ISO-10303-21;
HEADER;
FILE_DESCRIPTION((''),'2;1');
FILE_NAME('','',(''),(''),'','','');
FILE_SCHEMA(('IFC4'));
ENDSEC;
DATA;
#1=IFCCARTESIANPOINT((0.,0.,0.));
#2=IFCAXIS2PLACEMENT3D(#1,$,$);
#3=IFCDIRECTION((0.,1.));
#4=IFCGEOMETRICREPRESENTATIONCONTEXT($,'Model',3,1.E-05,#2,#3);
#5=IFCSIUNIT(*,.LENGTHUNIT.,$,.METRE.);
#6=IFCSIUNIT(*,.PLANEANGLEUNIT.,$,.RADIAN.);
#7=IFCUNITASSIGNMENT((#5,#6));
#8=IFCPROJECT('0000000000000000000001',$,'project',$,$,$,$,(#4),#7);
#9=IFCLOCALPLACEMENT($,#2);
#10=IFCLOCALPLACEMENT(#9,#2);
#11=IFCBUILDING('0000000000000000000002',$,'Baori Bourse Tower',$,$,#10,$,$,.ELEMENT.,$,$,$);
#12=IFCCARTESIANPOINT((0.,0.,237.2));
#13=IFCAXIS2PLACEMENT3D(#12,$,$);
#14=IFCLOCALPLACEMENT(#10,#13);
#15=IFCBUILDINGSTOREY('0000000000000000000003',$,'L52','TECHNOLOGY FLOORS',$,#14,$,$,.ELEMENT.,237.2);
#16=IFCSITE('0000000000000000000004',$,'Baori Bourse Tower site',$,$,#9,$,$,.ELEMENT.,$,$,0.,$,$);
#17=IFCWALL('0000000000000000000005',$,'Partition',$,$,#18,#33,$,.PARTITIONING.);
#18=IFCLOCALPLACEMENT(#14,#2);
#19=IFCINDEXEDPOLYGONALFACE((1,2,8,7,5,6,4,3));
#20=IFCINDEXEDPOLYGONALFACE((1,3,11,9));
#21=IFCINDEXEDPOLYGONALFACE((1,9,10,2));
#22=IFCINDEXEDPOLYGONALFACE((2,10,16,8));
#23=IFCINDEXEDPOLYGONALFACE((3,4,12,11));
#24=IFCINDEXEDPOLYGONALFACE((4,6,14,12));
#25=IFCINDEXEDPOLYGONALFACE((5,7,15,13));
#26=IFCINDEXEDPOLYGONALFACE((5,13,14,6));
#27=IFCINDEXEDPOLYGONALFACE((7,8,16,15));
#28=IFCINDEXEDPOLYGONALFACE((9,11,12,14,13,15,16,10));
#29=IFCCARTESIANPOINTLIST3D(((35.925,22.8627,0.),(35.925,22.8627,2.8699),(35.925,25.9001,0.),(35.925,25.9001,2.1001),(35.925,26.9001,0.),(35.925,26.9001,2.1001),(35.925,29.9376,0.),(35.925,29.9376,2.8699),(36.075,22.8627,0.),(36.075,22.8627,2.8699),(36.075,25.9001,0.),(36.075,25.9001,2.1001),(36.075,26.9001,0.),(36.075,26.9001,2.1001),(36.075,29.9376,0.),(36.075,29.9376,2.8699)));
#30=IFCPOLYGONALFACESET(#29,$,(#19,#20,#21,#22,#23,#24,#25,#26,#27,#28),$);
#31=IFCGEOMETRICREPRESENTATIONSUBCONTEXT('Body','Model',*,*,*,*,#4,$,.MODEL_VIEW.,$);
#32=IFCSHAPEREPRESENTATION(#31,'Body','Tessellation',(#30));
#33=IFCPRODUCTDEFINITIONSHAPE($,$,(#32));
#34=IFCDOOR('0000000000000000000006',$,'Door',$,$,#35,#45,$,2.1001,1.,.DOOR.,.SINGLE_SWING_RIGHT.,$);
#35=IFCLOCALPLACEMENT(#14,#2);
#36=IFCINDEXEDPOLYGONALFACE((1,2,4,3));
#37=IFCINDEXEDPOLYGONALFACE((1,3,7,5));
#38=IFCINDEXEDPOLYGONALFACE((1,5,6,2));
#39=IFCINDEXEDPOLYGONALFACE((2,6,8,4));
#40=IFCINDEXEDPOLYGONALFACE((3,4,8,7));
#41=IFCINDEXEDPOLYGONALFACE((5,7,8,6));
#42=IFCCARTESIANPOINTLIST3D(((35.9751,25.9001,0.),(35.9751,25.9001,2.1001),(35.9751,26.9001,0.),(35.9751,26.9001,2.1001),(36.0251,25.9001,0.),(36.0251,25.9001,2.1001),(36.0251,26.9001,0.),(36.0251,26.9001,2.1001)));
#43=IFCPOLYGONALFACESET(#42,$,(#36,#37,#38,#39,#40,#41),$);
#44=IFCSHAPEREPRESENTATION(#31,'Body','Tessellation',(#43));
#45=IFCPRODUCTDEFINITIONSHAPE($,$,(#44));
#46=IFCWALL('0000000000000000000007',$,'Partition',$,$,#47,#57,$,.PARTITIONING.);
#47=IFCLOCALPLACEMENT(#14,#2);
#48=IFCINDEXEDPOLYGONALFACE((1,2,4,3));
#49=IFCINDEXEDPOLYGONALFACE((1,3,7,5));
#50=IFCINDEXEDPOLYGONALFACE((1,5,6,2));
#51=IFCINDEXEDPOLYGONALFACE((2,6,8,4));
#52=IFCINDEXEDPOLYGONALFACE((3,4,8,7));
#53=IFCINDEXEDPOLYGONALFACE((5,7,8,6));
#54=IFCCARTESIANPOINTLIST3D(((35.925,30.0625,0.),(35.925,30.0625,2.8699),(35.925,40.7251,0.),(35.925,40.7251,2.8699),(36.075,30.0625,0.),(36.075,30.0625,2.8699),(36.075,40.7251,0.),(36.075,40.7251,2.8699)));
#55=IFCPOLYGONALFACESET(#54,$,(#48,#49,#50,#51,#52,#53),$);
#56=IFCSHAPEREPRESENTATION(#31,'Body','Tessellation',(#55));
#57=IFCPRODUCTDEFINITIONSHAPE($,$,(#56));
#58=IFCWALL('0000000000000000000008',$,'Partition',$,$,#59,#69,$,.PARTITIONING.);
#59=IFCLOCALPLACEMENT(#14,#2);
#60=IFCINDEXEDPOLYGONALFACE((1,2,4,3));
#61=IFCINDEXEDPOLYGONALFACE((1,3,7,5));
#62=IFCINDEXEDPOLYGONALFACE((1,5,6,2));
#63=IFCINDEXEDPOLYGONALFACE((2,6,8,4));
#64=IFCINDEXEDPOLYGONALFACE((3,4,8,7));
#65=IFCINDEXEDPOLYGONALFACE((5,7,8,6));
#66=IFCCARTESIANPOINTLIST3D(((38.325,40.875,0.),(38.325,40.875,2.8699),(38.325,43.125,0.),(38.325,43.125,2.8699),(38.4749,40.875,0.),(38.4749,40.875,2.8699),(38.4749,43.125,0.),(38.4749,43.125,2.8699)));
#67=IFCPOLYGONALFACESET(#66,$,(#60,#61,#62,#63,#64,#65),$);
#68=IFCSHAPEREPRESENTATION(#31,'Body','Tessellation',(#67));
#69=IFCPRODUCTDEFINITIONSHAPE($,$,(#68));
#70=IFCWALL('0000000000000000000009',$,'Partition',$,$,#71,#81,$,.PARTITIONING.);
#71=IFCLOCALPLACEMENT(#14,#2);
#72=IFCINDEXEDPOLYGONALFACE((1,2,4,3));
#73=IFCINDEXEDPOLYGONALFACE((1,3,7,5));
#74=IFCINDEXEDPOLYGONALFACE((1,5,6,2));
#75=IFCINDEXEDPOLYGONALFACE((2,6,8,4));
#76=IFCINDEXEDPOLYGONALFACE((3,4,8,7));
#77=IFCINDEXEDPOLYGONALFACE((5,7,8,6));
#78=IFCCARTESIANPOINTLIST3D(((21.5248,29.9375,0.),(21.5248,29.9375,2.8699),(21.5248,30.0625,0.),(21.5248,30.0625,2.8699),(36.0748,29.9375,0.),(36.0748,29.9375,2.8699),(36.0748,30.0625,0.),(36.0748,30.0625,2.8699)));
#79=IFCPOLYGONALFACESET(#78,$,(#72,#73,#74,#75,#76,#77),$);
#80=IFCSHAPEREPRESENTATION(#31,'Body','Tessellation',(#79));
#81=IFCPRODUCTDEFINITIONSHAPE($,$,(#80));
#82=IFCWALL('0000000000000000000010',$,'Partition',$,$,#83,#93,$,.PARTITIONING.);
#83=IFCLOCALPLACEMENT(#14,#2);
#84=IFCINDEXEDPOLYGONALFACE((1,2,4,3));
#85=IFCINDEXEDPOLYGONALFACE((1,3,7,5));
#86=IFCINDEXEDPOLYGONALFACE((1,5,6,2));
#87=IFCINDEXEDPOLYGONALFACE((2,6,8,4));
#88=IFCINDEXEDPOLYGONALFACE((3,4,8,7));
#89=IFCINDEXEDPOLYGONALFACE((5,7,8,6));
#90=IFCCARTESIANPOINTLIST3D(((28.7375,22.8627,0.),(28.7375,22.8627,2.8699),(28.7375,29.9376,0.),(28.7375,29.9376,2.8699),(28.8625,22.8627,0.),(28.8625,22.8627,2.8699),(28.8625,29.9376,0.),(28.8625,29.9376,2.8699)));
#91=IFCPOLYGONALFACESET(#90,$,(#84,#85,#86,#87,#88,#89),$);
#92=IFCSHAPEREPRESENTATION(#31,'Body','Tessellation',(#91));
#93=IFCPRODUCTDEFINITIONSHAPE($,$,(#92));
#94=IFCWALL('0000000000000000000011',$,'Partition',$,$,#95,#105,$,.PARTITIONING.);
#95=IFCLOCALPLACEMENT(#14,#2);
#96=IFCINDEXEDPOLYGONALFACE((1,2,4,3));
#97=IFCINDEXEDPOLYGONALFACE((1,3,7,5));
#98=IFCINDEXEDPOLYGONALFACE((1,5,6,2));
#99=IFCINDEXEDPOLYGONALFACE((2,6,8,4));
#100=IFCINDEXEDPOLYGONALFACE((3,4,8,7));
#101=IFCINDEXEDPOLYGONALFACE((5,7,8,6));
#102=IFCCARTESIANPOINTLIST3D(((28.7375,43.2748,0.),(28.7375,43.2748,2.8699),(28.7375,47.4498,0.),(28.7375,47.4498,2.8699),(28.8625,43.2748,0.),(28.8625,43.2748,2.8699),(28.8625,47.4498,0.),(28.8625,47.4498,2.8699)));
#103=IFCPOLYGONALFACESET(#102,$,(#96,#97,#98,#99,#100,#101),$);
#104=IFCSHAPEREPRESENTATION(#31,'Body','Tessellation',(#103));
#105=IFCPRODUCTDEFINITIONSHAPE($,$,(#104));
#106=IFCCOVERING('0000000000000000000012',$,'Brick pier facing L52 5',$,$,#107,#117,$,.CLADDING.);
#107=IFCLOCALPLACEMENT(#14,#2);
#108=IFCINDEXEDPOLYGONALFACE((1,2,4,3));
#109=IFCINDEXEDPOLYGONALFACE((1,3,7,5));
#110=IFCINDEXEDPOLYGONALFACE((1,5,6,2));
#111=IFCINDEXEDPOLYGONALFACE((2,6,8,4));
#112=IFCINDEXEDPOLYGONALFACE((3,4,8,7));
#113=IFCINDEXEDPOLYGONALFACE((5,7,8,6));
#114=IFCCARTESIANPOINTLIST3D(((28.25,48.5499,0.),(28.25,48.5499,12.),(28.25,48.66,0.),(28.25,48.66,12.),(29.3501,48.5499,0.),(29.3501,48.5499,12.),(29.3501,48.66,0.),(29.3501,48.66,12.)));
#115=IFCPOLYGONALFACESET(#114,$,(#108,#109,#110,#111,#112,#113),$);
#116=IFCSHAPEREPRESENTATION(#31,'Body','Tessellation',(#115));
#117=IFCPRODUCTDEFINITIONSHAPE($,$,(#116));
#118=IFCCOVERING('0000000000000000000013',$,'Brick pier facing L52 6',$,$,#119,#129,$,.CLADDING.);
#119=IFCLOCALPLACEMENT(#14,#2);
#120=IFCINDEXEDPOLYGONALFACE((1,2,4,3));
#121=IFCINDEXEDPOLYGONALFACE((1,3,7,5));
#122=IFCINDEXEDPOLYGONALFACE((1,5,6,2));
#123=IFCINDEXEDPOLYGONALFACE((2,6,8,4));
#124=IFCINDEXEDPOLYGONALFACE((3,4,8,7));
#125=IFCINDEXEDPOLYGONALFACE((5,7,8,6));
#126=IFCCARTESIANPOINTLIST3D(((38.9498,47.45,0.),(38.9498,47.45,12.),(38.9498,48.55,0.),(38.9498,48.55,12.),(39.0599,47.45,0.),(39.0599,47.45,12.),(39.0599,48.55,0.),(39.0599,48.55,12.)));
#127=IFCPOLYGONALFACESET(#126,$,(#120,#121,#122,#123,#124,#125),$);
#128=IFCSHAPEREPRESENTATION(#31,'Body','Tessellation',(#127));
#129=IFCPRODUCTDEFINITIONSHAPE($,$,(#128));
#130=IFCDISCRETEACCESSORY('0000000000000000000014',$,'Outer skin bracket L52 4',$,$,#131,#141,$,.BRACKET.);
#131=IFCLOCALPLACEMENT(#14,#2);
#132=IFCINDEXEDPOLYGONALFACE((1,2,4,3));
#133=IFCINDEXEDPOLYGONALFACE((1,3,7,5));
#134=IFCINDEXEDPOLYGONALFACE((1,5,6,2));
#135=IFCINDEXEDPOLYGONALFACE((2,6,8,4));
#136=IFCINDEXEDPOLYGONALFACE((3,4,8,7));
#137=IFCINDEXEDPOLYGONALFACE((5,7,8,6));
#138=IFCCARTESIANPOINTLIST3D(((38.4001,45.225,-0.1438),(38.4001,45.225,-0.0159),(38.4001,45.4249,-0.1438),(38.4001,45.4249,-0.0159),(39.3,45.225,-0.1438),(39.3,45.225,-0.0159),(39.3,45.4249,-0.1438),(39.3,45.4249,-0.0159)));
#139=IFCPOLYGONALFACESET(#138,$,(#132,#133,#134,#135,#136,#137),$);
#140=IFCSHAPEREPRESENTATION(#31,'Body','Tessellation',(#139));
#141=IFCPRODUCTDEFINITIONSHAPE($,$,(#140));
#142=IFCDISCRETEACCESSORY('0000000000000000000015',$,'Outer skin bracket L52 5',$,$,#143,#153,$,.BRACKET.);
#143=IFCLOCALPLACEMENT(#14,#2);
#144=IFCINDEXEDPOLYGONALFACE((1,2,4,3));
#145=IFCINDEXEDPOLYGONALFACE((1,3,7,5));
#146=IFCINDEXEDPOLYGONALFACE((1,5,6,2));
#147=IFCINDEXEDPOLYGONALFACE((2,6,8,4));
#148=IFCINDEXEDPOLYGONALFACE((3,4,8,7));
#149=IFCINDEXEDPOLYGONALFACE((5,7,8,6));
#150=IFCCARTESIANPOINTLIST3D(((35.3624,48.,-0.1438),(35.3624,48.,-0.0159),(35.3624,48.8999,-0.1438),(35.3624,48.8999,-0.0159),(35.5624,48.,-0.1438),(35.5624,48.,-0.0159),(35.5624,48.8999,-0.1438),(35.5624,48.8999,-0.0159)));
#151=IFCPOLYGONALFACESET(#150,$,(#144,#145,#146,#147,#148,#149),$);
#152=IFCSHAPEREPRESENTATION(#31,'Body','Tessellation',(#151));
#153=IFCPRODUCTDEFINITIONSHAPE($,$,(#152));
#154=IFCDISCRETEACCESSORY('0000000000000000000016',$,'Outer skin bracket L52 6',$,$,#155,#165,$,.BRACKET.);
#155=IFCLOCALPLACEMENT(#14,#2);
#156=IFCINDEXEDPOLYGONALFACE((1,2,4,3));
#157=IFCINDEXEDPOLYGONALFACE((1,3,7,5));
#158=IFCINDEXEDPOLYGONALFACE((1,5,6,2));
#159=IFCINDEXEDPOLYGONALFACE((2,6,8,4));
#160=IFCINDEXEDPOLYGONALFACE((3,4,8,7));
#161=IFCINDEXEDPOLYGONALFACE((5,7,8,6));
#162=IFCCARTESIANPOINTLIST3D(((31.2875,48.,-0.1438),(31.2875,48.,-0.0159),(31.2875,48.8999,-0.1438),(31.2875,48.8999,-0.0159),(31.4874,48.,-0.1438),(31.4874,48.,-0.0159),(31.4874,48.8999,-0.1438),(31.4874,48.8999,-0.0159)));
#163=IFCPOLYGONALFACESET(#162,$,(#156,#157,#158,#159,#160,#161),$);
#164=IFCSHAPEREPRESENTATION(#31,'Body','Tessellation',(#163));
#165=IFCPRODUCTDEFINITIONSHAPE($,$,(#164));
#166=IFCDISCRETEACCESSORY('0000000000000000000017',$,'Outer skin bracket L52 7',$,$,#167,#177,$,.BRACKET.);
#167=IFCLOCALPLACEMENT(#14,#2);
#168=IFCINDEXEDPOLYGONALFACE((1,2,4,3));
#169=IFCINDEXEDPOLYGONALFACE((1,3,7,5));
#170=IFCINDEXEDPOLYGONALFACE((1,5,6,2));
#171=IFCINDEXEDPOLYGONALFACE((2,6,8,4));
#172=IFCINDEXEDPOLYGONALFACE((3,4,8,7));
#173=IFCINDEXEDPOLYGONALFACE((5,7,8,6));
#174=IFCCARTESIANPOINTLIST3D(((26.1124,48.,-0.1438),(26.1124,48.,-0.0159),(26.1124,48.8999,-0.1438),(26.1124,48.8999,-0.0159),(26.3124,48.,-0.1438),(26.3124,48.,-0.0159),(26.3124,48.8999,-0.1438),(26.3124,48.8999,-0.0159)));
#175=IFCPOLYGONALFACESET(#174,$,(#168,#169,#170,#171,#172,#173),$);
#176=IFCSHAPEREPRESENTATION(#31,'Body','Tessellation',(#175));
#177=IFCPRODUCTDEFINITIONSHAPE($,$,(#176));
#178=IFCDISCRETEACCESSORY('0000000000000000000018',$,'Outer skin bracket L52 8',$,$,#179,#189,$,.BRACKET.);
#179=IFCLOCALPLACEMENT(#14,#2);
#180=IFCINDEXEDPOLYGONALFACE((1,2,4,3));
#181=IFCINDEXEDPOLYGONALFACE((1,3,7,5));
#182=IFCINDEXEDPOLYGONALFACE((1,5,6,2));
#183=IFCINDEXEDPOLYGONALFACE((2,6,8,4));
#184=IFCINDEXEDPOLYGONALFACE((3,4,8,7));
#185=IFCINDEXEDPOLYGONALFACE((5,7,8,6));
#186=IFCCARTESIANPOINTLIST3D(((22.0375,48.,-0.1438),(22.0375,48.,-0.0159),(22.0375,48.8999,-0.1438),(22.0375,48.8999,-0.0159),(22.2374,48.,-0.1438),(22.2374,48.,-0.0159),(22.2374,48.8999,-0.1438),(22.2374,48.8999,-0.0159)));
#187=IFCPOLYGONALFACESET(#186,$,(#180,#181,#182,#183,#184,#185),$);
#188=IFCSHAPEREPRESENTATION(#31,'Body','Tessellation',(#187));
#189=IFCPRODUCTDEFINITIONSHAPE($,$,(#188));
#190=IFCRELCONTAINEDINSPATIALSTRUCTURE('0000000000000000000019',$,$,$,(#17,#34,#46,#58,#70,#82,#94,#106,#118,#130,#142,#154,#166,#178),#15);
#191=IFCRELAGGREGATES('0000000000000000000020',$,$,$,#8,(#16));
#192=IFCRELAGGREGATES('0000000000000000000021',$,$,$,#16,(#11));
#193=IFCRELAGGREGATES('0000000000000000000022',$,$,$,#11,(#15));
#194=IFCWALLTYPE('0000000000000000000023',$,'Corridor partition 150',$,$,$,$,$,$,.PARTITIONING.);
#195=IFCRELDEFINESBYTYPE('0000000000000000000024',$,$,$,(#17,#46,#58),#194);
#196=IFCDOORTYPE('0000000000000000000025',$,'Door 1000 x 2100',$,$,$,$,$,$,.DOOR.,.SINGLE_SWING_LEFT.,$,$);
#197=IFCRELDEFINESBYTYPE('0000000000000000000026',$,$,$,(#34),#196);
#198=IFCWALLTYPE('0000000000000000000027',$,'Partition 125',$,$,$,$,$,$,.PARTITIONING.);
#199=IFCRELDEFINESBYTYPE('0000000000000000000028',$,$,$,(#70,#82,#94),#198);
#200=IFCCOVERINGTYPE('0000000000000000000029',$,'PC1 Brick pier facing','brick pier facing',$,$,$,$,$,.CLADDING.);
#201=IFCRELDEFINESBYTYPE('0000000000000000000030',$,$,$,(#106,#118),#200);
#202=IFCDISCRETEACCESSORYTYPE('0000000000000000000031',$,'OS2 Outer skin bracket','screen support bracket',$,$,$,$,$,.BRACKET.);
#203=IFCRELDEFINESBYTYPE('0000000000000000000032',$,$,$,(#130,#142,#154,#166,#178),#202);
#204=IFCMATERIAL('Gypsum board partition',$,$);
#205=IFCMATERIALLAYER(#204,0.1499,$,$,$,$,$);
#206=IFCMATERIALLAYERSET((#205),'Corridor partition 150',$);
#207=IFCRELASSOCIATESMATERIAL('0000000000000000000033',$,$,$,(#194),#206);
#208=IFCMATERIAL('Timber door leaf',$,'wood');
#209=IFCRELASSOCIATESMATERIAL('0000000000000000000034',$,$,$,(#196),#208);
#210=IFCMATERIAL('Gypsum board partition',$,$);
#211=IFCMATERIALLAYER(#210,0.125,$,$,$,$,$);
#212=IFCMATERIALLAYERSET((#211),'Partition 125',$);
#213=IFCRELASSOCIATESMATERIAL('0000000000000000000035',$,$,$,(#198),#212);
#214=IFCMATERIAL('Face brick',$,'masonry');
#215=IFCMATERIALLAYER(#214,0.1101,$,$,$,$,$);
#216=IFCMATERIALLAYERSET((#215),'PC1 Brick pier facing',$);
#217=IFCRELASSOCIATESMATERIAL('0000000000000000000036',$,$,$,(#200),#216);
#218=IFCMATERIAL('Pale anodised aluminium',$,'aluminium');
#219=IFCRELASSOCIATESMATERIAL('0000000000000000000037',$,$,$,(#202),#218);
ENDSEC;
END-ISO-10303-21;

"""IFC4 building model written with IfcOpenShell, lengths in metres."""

from ifc_helpers import new_model, si_unit, direction, frame, frame_2d, origin, origin_2d, place, context, subcontext, project, spatial, rectangle, extrude, material, layer, layer_set, type_object, element, fill, save


model = new_model("IFC4")

# Units and contexts
model_context = context("Model", 3, precision=1e-05, world=origin(), true_north=direction((0.0, 1.0)))
body_context = subcontext(model_context, "Body", "Model", "MODEL_VIEW")
ifc_project = project(units=[si_unit("LENGTHUNIT", "METRE"), si_unit("PLANEANGLEUNIT", "RADIAN")], contexts=[model_context])

# Site, building, storey
site_placement = place(None, origin())
site = spatial("IfcSite", under=ifc_project, at=site_placement, Name="Baori Bourse Tower site", CompositionType="ELEMENT", RefElevation=0.0)
building_placement = place(site_placement, origin())
building = spatial("IfcBuilding", under=site, at=building_placement, Name="Baori Bourse Tower", CompositionType="ELEMENT")
storey_placement = place(building_placement, frame((0.0, 0.0, 237.2)))
storey = spatial("IfcBuildingStorey", under=building, at=storey_placement, Name="L52", Description="TECHNOLOGY FLOORS", CompositionType="ELEMENT", Elevation=237.2)

# Shared definitions
ifc_material_1 = material(Name="Gypsum board partition")
ifc_layer_1 = layer(ifc_material_1, 0.1499)
ifc_layer_set_1 = layer_set([ifc_layer_1], Name="Corridor partition 150")
wall_type_1 = type_object("IfcWallType", Name="Corridor partition 150", PredefinedType="PARTITIONING", material=ifc_layer_set_1)
ifc_material_2 = material(Name="Timber door leaf", Category="wood")
door_type = type_object("IfcDoorType", Name="Door 1000 x 2100", OperationType="SINGLE_SWING_LEFT", PredefinedType="DOOR", material=ifc_material_2)

# Wall, opening, door
wall_1_placement = place(storey_placement, frame((36.0, 22.8625, 0.0), z_axis=(0.0, 0.0, 1.0), x_axis=(0.0, 1.0, 0.0)))
wall_1 = element("IfcWall", 1, at=wall_1_placement, inside=storey, type_object=wall_type_1, Name="Partition", PredefinedType="PARTITIONING", context=body_context, shape_type="SweptSolid", body=[
    extrude(rectangle(XDim=7.075, YDim=0.1499, at=frame_2d((3.5376, 0.0))), origin(), (0.0, 0.0, 1.0), 2.8699),
])
opening_1_placement = place(wall_1_placement, frame((3.0376, 0.0, 0.0)))
opening_1 = element("IfcOpeningElement", 2, at=opening_1_placement, cuts=wall_1, PredefinedType="OPENING", context=body_context, shape_type="SweptSolid", body=[
    extrude(rectangle(XDim=1.0, YDim=2.1001, at=frame_2d((0.5, 1.05))), frame((0.0, 0.085, 0.0), z_axis=(0.0, -1.0, 0.0), x_axis=(1.0, 0.0, 0.0)), (0.0, 0.0, 1.0), 0.1699),
])
door_1_placement = place(opening_1_placement, origin())
door_1 = element("IfcDoor", 3, at=door_1_placement, inside=storey, type_object=door_type, Name="Door", OperationType="SINGLE_SWING_RIGHT", OverallHeight=2.1001, OverallWidth=1.0, PredefinedType="DOOR", context=body_context, shape_type="SweptSolid", body=[
    extrude(rectangle(XDim=1.0, YDim=2.1001, at=frame_2d((0.5, 1.05))), frame((0.0, 0.0249, 0.0), z_axis=(0.0, -1.0, 0.0), x_axis=(1.0, 0.0, 0.0)), (0.0, 0.0, 1.0), 0.05),
])
fill(opening_1, door_1)

# Walls
wall_2_placement = place(storey_placement, frame((36.0, 30.0625, 0.0), z_axis=(0.0, 0.0, 1.0), x_axis=(0.0, 1.0, 0.0)))
element("IfcWall", 4, at=wall_2_placement, inside=storey, type_object=wall_type_1, Name="Partition", PredefinedType="PARTITIONING", context=body_context, shape_type="SweptSolid", body=[
    extrude(rectangle(XDim=10.6626, YDim=0.1499, at=frame_2d((5.3313, 0.0))), origin(), (0.0, 0.0, 1.0), 2.8699),
])
wall_3_placement = place(storey_placement, frame((38.3999, 40.875, 0.0), z_axis=(0.0, 0.0, 1.0), x_axis=(0.0, 1.0, 0.0)))
element("IfcWall", 5, at=wall_3_placement, inside=storey, type_object=wall_type_1, Name="Partition", PredefinedType="PARTITIONING", context=body_context, shape_type="SweptSolid", body=[
    extrude(rectangle(XDim=2.25, YDim=0.1499, at=frame_2d((1.125, 0.0))), origin(), (0.0, 0.0, 1.0), 2.8699),
])
ifc_material_3 = material(Name="Gypsum board partition")
ifc_layer_2 = layer(ifc_material_3, 0.125)
ifc_layer_set_2 = layer_set([ifc_layer_2], Name="Partition 125")
wall_type_2 = type_object("IfcWallType", Name="Partition 125", PredefinedType="PARTITIONING", material=ifc_layer_set_2)
wall_4_placement = place(storey_placement, frame((21.5249, 30.0, 0.0), z_axis=(0.0, 0.0, 1.0), x_axis=(1.0, 0.0, 0.0)))
element("IfcWall", 6, at=wall_4_placement, inside=storey, type_object=wall_type_2, Name="Partition", PredefinedType="PARTITIONING", context=body_context, shape_type="SweptSolid", body=[
    extrude(rectangle(XDim=14.55, YDim=0.125, at=frame_2d((7.2749, 0.0))), origin(), (0.0, 0.0, 1.0), 2.8699),
])
wall_5_placement = place(storey_placement, frame((28.8, 22.8625, 0.0), z_axis=(0.0, 0.0, 1.0), x_axis=(0.0, 1.0, 0.0)))
element("IfcWall", 7, at=wall_5_placement, inside=storey, type_object=wall_type_2, Name="Partition", PredefinedType="PARTITIONING", context=body_context, shape_type="SweptSolid", body=[
    extrude(rectangle(XDim=7.075, YDim=0.125, at=frame_2d((3.5376, 0.0))), origin(), (0.0, 0.0, 1.0), 2.8699),
])
wall_6_placement = place(storey_placement, frame((28.8, 43.2749, 0.0), z_axis=(0.0, 0.0, 1.0), x_axis=(0.0, 1.0, 0.0)))
element("IfcWall", 8, at=wall_6_placement, inside=storey, type_object=wall_type_2, Name="Partition", PredefinedType="PARTITIONING", context=body_context, shape_type="SweptSolid", body=[
    extrude(rectangle(XDim=4.175, YDim=0.125, at=frame_2d((2.0874, 0.0))), origin(), (0.0, 0.0, 1.0), 2.8699),
])

# Coverings
ifc_material_4 = material(Name="Face brick", Category="masonry")
ifc_layer_3 = layer(ifc_material_4, 0.1101)
ifc_layer_set_3 = layer_set([ifc_layer_3], Name="PC1 Brick pier facing")
covering_type = type_object("IfcCoveringType", Name="PC1 Brick pier facing", Description="brick pier facing", PredefinedType="CLADDING", material=ifc_layer_set_3)
covering_1_placement = place(storey_placement, frame((28.8, 48.605, 0.0), z_axis=(0.0, 0.0, 1.0), x_axis=(1.0, 0.0, 0.0)))
element("IfcCovering", 9, at=covering_1_placement, inside=storey, type_object=covering_type, Name="Brick pier facing L52 5", PredefinedType="CLADDING", context=body_context, shape_type="SweptSolid", body=[
    extrude(rectangle(XDim=1.1001, YDim=0.1101, at=origin_2d()), origin(), (0.0, 0.0, 1.0), 12.0),
])
covering_2_placement = place(storey_placement, frame((39.0049, 48.0, 0.0), z_axis=(0.0, 0.0, 1.0), x_axis=(1.0, 0.0, 0.0)))
element("IfcCovering", 10, at=covering_2_placement, inside=storey, type_object=covering_type, Name="Brick pier facing L52 6", PredefinedType="CLADDING", context=body_context, shape_type="SweptSolid", body=[
    extrude(rectangle(XDim=0.1101, YDim=1.1001, at=origin_2d()), origin(), (0.0, 0.0, 1.0), 12.0),
])

# Discrete accessories
ifc_material_5 = material(Name="Pale anodised aluminium", Category="aluminium")
discrete_accessory_type = type_object("IfcDiscreteAccessoryType", Name="OS2 Outer skin bracket", Description="screen support bracket", PredefinedType="BRACKET", material=ifc_material_5)
for number, where, z_axis, x_axis, name in (
    (11, (38.8501, 45.325, -0.1438), (0.0, 0.0, 1.0), (0.0, 1.0, 0.0), "Outer skin bracket L52 4"),
    (12, (35.4624, 48.45, -0.1438), (0.0, 0.0, 1.0), (-1.0, 0.0, 0.0), "Outer skin bracket L52 5"),
    (13, (31.3875, 48.45, -0.1438), (0.0, 0.0, 1.0), (-1.0, 0.0, 0.0), "Outer skin bracket L52 6"),
    (14, (26.2124, 48.45, -0.1438), (0.0, 0.0, 1.0), (-1.0, 0.0, 0.0), "Outer skin bracket L52 7"),
    (15, (22.1375, 48.45, -0.1438), (0.0, 0.0, 1.0), (-1.0, 0.0, 0.0), "Outer skin bracket L52 8"),
):
    element("IfcDiscreteAccessory", number, at=place(storey_placement, frame(where, z_axis=z_axis, x_axis=x_axis)), inside=storey, type_object=discrete_accessory_type, Name=name, PredefinedType="BRACKET", context=body_context, shape_type="SweptSolid", body=[
        extrude(rectangle(XDim=0.2, YDim=0.8999, at=origin_2d()), origin(), (0.0, 0.0, 1.0), 0.1279),
    ])

save(model, "model.ifc")
